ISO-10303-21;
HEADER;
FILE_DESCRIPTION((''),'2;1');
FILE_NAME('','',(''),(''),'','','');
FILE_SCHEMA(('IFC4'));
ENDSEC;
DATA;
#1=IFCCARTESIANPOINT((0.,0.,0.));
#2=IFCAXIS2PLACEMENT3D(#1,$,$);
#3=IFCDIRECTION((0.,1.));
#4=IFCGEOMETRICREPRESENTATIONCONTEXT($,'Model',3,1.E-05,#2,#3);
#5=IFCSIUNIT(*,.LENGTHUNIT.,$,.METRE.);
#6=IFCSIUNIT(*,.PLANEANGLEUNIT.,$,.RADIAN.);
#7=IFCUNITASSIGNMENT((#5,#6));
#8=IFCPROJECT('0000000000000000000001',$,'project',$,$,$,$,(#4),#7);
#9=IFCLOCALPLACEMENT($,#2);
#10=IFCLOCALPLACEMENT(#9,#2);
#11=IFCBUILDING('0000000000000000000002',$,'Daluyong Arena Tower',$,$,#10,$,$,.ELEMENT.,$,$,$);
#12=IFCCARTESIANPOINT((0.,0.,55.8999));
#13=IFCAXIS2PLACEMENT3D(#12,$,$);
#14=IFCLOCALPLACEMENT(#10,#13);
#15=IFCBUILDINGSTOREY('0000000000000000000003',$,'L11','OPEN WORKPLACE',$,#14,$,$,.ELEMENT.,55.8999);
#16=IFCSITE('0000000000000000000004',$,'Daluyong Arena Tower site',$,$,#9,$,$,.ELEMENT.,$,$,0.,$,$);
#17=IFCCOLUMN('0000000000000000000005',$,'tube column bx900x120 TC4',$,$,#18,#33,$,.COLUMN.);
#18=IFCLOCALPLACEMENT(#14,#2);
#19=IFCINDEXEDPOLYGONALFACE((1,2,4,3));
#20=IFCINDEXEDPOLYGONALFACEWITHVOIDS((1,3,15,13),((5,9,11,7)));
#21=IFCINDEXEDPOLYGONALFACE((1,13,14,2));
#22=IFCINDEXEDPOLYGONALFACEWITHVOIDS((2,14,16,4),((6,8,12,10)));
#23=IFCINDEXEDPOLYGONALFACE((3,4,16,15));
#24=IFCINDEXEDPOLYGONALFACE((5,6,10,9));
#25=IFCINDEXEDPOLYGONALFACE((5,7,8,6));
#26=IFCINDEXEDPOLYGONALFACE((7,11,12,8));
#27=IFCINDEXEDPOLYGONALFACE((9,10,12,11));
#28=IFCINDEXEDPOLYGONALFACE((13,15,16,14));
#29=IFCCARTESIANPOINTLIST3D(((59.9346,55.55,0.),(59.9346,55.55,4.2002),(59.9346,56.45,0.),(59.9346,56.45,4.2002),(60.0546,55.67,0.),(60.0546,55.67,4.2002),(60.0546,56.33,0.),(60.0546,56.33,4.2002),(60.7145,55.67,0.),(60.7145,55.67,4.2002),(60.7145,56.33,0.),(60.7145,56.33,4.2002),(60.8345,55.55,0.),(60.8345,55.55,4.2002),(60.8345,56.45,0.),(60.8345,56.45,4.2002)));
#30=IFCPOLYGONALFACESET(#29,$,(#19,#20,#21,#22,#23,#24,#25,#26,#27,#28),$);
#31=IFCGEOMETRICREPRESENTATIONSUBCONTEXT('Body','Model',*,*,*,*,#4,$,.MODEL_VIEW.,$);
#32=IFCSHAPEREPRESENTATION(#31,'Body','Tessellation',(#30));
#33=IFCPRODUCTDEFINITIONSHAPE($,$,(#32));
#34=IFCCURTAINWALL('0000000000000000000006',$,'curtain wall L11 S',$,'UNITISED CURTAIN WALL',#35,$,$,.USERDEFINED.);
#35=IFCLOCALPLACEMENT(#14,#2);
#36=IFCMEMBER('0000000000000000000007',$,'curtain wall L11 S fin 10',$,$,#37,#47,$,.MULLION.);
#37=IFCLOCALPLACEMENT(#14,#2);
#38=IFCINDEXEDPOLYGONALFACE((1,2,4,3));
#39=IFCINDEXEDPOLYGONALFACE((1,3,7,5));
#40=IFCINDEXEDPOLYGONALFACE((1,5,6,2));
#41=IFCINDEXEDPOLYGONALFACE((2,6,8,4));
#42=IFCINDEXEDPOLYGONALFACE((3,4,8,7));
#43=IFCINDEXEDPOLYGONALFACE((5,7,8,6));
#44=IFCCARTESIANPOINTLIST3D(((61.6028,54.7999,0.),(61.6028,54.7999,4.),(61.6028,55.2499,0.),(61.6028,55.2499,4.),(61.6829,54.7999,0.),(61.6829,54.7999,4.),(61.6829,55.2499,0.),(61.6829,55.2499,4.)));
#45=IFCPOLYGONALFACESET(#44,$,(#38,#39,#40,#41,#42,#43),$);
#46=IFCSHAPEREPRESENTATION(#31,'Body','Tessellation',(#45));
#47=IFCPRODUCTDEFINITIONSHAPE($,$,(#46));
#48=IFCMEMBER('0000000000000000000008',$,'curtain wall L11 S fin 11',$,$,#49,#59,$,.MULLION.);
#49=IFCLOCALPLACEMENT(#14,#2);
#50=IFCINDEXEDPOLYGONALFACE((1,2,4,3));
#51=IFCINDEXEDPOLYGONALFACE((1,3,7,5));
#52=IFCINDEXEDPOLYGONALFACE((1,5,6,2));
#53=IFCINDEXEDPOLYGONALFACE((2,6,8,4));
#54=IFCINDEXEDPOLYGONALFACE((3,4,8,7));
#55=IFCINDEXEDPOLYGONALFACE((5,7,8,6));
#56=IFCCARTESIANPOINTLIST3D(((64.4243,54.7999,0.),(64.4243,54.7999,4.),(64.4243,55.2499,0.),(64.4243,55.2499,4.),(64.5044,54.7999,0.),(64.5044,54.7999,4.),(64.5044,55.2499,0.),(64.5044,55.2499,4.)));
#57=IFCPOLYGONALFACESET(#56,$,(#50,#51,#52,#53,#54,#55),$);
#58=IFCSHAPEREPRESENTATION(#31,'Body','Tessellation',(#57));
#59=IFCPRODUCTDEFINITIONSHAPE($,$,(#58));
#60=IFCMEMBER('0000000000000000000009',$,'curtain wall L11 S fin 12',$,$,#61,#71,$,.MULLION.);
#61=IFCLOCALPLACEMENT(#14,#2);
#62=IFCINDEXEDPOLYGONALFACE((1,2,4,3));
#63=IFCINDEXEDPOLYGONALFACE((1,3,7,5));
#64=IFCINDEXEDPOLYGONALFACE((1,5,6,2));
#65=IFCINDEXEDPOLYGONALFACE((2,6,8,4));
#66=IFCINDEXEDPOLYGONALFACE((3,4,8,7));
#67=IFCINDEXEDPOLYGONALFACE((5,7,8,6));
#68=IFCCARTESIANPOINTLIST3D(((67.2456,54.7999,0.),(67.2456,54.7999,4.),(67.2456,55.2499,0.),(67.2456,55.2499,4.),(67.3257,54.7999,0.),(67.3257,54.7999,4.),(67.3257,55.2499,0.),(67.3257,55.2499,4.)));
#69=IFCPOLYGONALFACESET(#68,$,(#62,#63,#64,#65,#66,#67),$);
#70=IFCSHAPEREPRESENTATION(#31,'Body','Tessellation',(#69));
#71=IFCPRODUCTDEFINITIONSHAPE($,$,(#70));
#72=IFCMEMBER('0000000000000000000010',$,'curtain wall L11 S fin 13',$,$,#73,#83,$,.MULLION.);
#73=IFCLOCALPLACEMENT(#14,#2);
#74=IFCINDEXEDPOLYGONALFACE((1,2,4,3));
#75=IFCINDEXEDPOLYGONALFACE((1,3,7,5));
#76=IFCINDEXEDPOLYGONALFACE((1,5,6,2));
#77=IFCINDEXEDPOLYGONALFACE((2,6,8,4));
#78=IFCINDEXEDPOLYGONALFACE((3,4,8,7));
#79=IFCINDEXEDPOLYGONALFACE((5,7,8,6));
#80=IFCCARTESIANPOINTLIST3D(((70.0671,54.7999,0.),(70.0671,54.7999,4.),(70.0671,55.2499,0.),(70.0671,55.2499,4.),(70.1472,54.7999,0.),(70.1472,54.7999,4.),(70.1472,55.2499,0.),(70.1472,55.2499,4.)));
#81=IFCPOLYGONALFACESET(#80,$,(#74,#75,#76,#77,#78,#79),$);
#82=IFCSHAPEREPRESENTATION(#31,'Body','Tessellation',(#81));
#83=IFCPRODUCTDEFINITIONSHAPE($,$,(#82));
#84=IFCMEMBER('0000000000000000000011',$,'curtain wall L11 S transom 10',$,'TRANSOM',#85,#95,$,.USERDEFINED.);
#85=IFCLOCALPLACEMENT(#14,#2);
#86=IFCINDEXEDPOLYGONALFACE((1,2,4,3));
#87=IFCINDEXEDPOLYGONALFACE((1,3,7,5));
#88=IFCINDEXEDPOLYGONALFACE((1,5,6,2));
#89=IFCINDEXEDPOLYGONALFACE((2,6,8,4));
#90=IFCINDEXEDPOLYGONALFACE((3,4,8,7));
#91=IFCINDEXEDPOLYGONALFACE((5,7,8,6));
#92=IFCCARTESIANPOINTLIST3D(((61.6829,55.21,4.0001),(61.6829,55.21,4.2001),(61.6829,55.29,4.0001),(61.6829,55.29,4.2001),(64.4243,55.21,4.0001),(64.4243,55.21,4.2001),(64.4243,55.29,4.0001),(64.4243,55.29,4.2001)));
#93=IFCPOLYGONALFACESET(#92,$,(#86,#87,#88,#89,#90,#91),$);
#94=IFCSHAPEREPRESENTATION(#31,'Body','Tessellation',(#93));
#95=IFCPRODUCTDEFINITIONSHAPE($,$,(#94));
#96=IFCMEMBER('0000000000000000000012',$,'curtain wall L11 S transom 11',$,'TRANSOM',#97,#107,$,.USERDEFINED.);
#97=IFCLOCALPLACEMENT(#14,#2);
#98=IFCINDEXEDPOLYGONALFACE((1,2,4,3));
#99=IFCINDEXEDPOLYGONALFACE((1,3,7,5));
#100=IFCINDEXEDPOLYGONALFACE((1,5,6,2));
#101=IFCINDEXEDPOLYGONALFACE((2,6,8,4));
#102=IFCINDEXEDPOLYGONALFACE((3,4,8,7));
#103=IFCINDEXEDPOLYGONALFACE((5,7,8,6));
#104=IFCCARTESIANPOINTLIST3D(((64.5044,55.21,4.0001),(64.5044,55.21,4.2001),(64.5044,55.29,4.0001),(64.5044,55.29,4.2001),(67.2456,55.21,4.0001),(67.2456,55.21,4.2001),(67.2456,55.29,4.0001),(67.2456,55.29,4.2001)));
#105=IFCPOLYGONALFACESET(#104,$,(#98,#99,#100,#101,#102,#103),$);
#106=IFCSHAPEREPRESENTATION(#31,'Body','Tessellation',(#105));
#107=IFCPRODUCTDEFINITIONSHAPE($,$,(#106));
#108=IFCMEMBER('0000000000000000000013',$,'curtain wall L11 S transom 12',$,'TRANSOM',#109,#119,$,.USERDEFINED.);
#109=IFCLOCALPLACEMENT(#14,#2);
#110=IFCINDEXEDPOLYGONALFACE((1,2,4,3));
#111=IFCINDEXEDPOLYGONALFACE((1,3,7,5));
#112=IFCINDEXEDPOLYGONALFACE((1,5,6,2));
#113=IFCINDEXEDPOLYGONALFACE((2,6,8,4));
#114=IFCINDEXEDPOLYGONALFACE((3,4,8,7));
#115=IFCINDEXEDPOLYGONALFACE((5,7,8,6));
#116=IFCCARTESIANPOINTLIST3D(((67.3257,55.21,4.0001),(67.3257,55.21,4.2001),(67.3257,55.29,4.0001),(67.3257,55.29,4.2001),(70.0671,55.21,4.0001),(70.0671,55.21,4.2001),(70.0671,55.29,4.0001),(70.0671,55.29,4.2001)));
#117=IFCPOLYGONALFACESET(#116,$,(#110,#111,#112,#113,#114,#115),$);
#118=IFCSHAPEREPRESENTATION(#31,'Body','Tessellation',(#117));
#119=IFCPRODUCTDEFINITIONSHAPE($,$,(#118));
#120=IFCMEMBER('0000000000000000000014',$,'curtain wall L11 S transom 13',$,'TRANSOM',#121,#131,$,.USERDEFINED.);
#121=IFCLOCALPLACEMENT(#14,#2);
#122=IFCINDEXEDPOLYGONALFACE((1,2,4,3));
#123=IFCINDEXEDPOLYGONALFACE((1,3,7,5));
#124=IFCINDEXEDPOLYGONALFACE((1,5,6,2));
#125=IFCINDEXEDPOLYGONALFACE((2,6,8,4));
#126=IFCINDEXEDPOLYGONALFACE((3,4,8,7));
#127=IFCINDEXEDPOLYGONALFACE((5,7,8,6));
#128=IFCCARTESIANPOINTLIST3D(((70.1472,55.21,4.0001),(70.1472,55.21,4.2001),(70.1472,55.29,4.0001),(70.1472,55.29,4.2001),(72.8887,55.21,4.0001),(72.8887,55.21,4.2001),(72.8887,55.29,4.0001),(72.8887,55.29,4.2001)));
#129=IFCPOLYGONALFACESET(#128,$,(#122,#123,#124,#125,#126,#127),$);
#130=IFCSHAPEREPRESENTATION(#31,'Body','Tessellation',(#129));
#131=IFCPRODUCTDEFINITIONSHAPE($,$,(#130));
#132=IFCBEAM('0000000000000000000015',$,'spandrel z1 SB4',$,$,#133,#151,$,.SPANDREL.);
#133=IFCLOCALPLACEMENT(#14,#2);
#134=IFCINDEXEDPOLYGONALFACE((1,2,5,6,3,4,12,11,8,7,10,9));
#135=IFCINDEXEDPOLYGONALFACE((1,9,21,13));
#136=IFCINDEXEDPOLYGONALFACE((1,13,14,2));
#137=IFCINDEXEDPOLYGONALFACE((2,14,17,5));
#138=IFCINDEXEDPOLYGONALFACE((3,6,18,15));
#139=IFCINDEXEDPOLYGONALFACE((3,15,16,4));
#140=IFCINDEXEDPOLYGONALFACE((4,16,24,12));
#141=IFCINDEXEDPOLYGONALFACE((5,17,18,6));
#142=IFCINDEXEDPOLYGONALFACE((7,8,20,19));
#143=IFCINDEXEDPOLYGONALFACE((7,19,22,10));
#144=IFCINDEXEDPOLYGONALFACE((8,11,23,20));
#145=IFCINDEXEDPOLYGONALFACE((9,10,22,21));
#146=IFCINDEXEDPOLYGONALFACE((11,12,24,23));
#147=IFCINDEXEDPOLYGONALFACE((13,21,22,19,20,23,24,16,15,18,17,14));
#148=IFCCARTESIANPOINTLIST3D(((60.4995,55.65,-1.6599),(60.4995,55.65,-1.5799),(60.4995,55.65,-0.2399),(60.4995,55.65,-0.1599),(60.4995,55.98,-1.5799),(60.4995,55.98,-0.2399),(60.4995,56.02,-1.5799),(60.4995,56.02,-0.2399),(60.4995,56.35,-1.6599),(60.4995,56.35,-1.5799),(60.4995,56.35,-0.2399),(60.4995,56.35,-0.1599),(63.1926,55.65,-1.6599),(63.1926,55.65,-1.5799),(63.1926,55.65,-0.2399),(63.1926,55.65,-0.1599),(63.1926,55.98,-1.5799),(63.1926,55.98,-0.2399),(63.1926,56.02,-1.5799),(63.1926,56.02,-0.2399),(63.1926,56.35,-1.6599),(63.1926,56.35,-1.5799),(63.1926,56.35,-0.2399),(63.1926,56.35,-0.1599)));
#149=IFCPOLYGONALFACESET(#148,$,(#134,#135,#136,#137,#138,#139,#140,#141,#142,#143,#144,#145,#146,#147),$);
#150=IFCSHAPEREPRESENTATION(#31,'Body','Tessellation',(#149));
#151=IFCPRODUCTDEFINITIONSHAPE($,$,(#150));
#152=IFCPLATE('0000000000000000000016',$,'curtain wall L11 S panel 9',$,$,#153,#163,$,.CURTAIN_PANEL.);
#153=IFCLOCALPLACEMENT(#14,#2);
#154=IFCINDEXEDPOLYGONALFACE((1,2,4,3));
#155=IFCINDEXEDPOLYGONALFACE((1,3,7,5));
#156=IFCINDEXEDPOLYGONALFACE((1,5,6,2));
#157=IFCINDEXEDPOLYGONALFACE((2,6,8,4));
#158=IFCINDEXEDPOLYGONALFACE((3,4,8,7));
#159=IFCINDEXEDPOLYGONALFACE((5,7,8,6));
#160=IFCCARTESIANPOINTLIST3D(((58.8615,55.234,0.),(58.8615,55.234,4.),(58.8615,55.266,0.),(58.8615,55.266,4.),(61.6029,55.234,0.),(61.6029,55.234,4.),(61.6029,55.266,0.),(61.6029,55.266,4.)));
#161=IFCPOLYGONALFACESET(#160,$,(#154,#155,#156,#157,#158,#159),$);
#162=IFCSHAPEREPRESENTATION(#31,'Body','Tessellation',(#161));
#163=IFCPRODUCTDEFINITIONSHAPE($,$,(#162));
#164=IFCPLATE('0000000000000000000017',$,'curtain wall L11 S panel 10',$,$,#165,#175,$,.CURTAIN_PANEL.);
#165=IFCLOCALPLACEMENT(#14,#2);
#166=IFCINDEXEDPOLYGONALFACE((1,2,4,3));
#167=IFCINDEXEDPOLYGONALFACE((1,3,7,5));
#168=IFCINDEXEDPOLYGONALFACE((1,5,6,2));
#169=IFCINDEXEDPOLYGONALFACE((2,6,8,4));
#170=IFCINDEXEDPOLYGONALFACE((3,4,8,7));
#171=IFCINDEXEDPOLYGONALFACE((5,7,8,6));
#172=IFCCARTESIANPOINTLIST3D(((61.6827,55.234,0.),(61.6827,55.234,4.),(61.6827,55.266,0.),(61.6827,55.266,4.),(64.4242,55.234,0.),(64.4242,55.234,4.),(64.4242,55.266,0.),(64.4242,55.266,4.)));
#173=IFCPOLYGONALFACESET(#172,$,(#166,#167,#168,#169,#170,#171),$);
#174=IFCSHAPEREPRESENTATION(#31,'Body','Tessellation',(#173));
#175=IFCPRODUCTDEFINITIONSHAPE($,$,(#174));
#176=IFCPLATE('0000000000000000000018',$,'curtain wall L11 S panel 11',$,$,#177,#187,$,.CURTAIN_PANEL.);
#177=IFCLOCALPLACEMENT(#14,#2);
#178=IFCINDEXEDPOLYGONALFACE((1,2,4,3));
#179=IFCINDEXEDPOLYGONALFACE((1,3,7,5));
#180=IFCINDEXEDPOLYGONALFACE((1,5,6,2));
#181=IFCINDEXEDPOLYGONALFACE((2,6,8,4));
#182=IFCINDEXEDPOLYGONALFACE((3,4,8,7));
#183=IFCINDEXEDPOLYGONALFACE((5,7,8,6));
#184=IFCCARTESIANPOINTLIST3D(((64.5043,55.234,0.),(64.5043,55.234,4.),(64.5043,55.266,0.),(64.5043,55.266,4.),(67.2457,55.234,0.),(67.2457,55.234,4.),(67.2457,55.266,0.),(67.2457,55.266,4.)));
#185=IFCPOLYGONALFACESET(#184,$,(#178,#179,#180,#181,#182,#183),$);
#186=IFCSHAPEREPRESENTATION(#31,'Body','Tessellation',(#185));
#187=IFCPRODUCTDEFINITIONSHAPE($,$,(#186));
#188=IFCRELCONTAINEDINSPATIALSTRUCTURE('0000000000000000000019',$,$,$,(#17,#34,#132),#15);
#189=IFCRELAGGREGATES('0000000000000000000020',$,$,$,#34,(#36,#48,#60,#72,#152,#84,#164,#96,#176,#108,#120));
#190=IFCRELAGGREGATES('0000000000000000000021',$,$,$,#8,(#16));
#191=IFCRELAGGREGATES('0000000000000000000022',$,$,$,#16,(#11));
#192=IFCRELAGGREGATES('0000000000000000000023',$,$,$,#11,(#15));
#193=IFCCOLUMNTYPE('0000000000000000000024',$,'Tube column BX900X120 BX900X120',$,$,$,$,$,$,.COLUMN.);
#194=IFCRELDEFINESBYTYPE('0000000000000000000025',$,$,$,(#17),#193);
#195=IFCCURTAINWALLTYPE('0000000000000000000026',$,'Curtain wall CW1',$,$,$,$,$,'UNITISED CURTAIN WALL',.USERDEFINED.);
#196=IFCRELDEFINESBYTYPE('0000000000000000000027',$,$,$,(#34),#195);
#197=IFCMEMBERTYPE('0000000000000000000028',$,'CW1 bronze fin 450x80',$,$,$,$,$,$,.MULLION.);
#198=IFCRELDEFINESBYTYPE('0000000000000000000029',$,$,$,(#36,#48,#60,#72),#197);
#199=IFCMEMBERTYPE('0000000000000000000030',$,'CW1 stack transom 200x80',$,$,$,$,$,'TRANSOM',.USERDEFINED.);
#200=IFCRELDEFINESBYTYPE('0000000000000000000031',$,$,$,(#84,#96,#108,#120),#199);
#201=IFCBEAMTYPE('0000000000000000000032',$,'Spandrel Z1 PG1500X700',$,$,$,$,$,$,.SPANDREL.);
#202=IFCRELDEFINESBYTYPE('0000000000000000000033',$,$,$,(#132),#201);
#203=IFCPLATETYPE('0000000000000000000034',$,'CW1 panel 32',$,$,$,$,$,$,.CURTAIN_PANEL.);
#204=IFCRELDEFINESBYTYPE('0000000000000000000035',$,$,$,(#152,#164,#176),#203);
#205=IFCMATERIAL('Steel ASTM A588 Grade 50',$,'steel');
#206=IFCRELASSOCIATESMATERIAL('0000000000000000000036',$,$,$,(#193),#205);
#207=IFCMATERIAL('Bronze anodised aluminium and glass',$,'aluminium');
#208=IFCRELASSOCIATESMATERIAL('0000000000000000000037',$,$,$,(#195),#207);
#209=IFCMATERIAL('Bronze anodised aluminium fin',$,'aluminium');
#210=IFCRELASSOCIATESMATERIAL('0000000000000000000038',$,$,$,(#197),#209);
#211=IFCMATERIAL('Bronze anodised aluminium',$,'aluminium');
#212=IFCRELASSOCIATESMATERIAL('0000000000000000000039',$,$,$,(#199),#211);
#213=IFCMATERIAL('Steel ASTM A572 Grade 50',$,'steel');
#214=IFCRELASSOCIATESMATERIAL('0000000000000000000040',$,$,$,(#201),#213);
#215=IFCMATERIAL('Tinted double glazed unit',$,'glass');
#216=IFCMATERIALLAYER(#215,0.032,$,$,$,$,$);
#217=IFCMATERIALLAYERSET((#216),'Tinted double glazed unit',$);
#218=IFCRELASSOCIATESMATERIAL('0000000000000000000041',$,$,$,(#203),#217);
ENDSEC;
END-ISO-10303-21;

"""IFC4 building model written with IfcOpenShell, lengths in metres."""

from ifc_helpers import new_model, si_unit, direction, frame, origin, origin_2d, place, context, subcontext, project, spatial, rectangle, hollow_rectangle, i_section, extrude, material, layer, layer_set, material_profile, profile_set, type_object, element, aggregate, save


model = new_model("IFC4")

# Units and contexts
model_context = context("Model", 3, precision=1e-05, world=origin(), true_north=direction((0.0, 1.0)))
body_context = subcontext(model_context, "Body", "Model", "MODEL_VIEW")
ifc_project = project(units=[si_unit("LENGTHUNIT", "METRE"), si_unit("PLANEANGLEUNIT", "RADIAN")], contexts=[model_context])

# Site, building, storey
site_placement = place(None, origin())
site = spatial("IfcSite", under=ifc_project, at=site_placement, Name="Daluyong Arena Tower site", CompositionType="ELEMENT", RefElevation=0.0)
building_placement = place(site_placement, origin())
building = spatial("IfcBuilding", under=site, at=building_placement, Name="Daluyong Arena Tower", CompositionType="ELEMENT")
storey_placement = place(building_placement, frame((0.0, 0.0, 55.8999)))
storey = spatial("IfcBuildingStorey", under=building, at=storey_placement, Name="L11", Description="OPEN WORKPLACE", CompositionType="ELEMENT", Elevation=55.8999)

# Column
ifc_material_1 = material(Name="Steel ASTM A588 Grade 50", Category="steel")
ifc_material_profile_1 = material_profile(ifc_material_1, hollow_rectangle(XDim=0.8999, YDim=0.8999, WallThickness=0.12, at=origin_2d()))
ifc_profile_set_1 = profile_set([ifc_material_profile_1], Name="Steel ASTM A588 Grade 50")
column_type = type_object("IfcColumnType", Name="Tube column BX900X120 BX900X120", PredefinedType="COLUMN", material=ifc_profile_set_1)
column_placement = place(storey_placement, frame((60.3845, 56.0, 0.0), z_axis=(0.0, 0.0, 1.0), x_axis=(1.0, 0.0, 0.0)))
element("IfcColumn", 1, at=column_placement, inside=storey, type_object=column_type, Name="tube column bx900x120 TC4", PredefinedType="COLUMN", context=body_context, shape_type="SweptSolid", body=[
    extrude(hollow_rectangle(XDim=0.8999, YDim=0.8999, WallThickness=0.12, at=origin_2d()), origin(), (0.0, 0.0, 1.0), 4.2002),
])

# Curtain wall, members
ifc_material_2 = material(Name="Bronze anodised aluminium and glass", Category="aluminium")
curtain_wall_type = type_object("IfcCurtainWallType", Name="Curtain wall CW1", ElementType="UNITISED CURTAIN WALL", PredefinedType="USERDEFINED", material=ifc_material_2)
curtain_wall_placement = place(storey_placement, origin())
curtain_wall = element("IfcCurtainWall", 2, at=curtain_wall_placement, inside=storey, type_object=curtain_wall_type, Name="curtain wall L11 S", ObjectType="UNITISED CURTAIN WALL", PredefinedType="USERDEFINED")
ifc_material_3 = material(Name="Bronze anodised aluminium fin", Category="aluminium")
ifc_material_profile_2 = material_profile(ifc_material_3, rectangle(XDim=0.45, YDim=0.0801, at=origin_2d()))
ifc_profile_set_2 = profile_set([ifc_material_profile_2], Name="Bronze anodised aluminium fin")
member_type_1 = type_object("IfcMemberType", Name="CW1 bronze fin 450x80", PredefinedType="MULLION", material=ifc_profile_set_2)
member_1_placement = place(storey_placement, frame((61.6428, 55.0249, 0.0), z_axis=(0.0, 0.0, 1.0), x_axis=(0.0, 1.0, 0.0)))
member_1 = element("IfcMember", 3, at=member_1_placement, type_object=member_type_1, Name="curtain wall L11 S fin 10", PredefinedType="MULLION", context=body_context, shape_type="SweptSolid", body=[
    extrude(rectangle(XDim=0.45, YDim=0.0801, at=origin_2d()), origin(), (0.0, 0.0, 1.0), 4.0),
])
member_2_placement = place(storey_placement, frame((64.4644, 55.0249, 0.0), z_axis=(0.0, 0.0, 1.0), x_axis=(0.0, 1.0, 0.0)))
member_2 = element("IfcMember", 4, at=member_2_placement, type_object=member_type_1, Name="curtain wall L11 S fin 11", PredefinedType="MULLION", context=body_context, shape_type="SweptSolid", body=[
    extrude(rectangle(XDim=0.45, YDim=0.0801, at=origin_2d()), origin(), (0.0, 0.0, 1.0), 4.0),
])
member_3_placement = place(storey_placement, frame((67.2856, 55.0249, 0.0), z_axis=(0.0, 0.0, 1.0), x_axis=(0.0, 1.0, 0.0)))
member_3 = element("IfcMember", 5, at=member_3_placement, type_object=member_type_1, Name="curtain wall L11 S fin 12", PredefinedType="MULLION", context=body_context, shape_type="SweptSolid", body=[
    extrude(rectangle(XDim=0.45, YDim=0.0801, at=origin_2d()), origin(), (0.0, 0.0, 1.0), 4.0),
])
member_4_placement = place(storey_placement, frame((70.1072, 55.0249, 0.0), z_axis=(0.0, 0.0, 1.0), x_axis=(0.0, 1.0, 0.0)))
member_4 = element("IfcMember", 6, at=member_4_placement, type_object=member_type_1, Name="curtain wall L11 S fin 13", PredefinedType="MULLION", context=body_context, shape_type="SweptSolid", body=[
    extrude(rectangle(XDim=0.45, YDim=0.0801, at=origin_2d()), origin(), (0.0, 0.0, 1.0), 4.0),
])
ifc_material_4 = material(Name="Bronze anodised aluminium", Category="aluminium")
ifc_material_profile_3 = material_profile(ifc_material_4, rectangle(XDim=0.0801, YDim=0.2, at=origin_2d()))
ifc_profile_set_3 = profile_set([ifc_material_profile_3], Name="Bronze anodised aluminium")
member_type_2 = type_object("IfcMemberType", Name="CW1 stack transom 200x80", ElementType="TRANSOM", PredefinedType="USERDEFINED", material=ifc_profile_set_3)
member_5_placement = place(storey_placement, frame((61.6829, 55.25, 4.1001), z_axis=(1.0, 0.0, 0.0), x_axis=(0.0, 1.0, 0.0)))
member_5 = element("IfcMember", 7, at=member_5_placement, type_object=member_type_2, Name="curtain wall L11 S transom 10", ObjectType="TRANSOM", PredefinedType="USERDEFINED", context=body_context, shape_type="SweptSolid", body=[
    extrude(rectangle(XDim=0.0801, YDim=0.2, at=origin_2d()), origin(), (0.0, 0.0, 1.0), 2.7415),
])
member_6_placement = place(storey_placement, frame((64.5044, 55.25, 4.1001), z_axis=(1.0, 0.0, 0.0), x_axis=(0.0, 1.0, 0.0)))
member_6 = element("IfcMember", 8, at=member_6_placement, type_object=member_type_2, Name="curtain wall L11 S transom 11", ObjectType="TRANSOM", PredefinedType="USERDEFINED", context=body_context, shape_type="SweptSolid", body=[
    extrude(rectangle(XDim=0.0801, YDim=0.2, at=origin_2d()), origin(), (0.0, 0.0, 1.0), 2.7412),
])
member_7_placement = place(storey_placement, frame((67.3257, 55.25, 4.1001), z_axis=(1.0, 0.0, 0.0), x_axis=(0.0, 1.0, 0.0)))
member_7 = element("IfcMember", 9, at=member_7_placement, type_object=member_type_2, Name="curtain wall L11 S transom 12", ObjectType="TRANSOM", PredefinedType="USERDEFINED", context=body_context, shape_type="SweptSolid", body=[
    extrude(rectangle(XDim=0.0801, YDim=0.2, at=origin_2d()), origin(), (0.0, 0.0, 1.0), 2.7415),
])
member_8_placement = place(storey_placement, frame((70.1472, 55.25, 4.1001), z_axis=(1.0, 0.0, 0.0), x_axis=(0.0, 1.0, 0.0)))
member_8 = element("IfcMember", 10, at=member_8_placement, type_object=member_type_2, Name="curtain wall L11 S transom 13", ObjectType="TRANSOM", PredefinedType="USERDEFINED", context=body_context, shape_type="SweptSolid", body=[
    extrude(rectangle(XDim=0.0801, YDim=0.2, at=origin_2d()), origin(), (0.0, 0.0, 1.0), 2.7415),
])

# Beam
ifc_material_5 = material(Name="Steel ASTM A572 Grade 50", Category="steel")
ifc_material_profile_4 = material_profile(ifc_material_5, i_section(OverallWidth=0.7, OverallDepth=1.5, WebThickness=0.04, FlangeThickness=0.08, at=origin_2d()))
ifc_profile_set_4 = profile_set([ifc_material_profile_4], Name="Steel ASTM A572 Grade 50")
beam_type = type_object("IfcBeamType", Name="Spandrel Z1 PG1500X700", PredefinedType="SPANDREL", material=ifc_profile_set_4)
beam_placement = place(storey_placement, frame((60.4995, 56.0, -0.9099), z_axis=(1.0, 0.0, 0.0), x_axis=(0.0, 1.0, 0.0)))
element("IfcBeam", 11, at=beam_placement, inside=storey, type_object=beam_type, Name="spandrel z1 SB4", PredefinedType="SPANDREL", context=body_context, shape_type="SweptSolid", body=[
    extrude(i_section(OverallWidth=0.7, OverallDepth=1.5, WebThickness=0.04, FlangeThickness=0.08, at=origin_2d()), origin(), (0.0, 0.0, 1.0), 2.6931),
])

# Plates
ifc_material_6 = material(Name="Tinted double glazed unit", Category="glass")
ifc_layer_1 = layer(ifc_material_6, 0.032)
ifc_layer_set_1 = layer_set([ifc_layer_1], Name="Tinted double glazed unit")
plate_type = type_object("IfcPlateType", Name="CW1 panel 32", PredefinedType="CURTAIN_PANEL", material=ifc_layer_set_1)
plate_1_placement = place(storey_placement, frame((60.2322, 55.25, 0.0), z_axis=(0.0, 0.0, 1.0), x_axis=(1.0, 0.0, 0.0)))
plate_1 = element("IfcPlate", 12, at=plate_1_placement, type_object=plate_type, Name="curtain wall L11 S panel 9", PredefinedType="CURTAIN_PANEL", context=body_context, shape_type="SweptSolid", body=[
    extrude(rectangle(XDim=2.7415, YDim=0.032, at=origin_2d()), origin(), (0.0, 0.0, 1.0), 4.0),
])
plate_2_placement = place(storey_placement, frame((63.0535, 55.25, 0.0), z_axis=(0.0, 0.0, 1.0), x_axis=(1.0, 0.0, 0.0)))
plate_2 = element("IfcPlate", 13, at=plate_2_placement, type_object=plate_type, Name="curtain wall L11 S panel 10", PredefinedType="CURTAIN_PANEL", context=body_context, shape_type="SweptSolid", body=[
    extrude(rectangle(XDim=2.7415, YDim=0.032, at=origin_2d()), origin(), (0.0, 0.0, 1.0), 4.0),
])
plate_3_placement = place(storey_placement, frame((65.875, 55.25, 0.0), z_axis=(0.0, 0.0, 1.0), x_axis=(1.0, 0.0, 0.0)))
plate_3 = element("IfcPlate", 14, at=plate_3_placement, type_object=plate_type, Name="curtain wall L11 S panel 11", PredefinedType="CURTAIN_PANEL", context=body_context, shape_type="SweptSolid", body=[
    extrude(rectangle(XDim=2.7415, YDim=0.032, at=origin_2d()), origin(), (0.0, 0.0, 1.0), 4.0),
])
aggregate(curtain_wall, [member_1, member_2, member_3, member_4, plate_1, member_5, plate_2, member_6, plate_3, member_7, member_8])

save(model, "model.ifc")
